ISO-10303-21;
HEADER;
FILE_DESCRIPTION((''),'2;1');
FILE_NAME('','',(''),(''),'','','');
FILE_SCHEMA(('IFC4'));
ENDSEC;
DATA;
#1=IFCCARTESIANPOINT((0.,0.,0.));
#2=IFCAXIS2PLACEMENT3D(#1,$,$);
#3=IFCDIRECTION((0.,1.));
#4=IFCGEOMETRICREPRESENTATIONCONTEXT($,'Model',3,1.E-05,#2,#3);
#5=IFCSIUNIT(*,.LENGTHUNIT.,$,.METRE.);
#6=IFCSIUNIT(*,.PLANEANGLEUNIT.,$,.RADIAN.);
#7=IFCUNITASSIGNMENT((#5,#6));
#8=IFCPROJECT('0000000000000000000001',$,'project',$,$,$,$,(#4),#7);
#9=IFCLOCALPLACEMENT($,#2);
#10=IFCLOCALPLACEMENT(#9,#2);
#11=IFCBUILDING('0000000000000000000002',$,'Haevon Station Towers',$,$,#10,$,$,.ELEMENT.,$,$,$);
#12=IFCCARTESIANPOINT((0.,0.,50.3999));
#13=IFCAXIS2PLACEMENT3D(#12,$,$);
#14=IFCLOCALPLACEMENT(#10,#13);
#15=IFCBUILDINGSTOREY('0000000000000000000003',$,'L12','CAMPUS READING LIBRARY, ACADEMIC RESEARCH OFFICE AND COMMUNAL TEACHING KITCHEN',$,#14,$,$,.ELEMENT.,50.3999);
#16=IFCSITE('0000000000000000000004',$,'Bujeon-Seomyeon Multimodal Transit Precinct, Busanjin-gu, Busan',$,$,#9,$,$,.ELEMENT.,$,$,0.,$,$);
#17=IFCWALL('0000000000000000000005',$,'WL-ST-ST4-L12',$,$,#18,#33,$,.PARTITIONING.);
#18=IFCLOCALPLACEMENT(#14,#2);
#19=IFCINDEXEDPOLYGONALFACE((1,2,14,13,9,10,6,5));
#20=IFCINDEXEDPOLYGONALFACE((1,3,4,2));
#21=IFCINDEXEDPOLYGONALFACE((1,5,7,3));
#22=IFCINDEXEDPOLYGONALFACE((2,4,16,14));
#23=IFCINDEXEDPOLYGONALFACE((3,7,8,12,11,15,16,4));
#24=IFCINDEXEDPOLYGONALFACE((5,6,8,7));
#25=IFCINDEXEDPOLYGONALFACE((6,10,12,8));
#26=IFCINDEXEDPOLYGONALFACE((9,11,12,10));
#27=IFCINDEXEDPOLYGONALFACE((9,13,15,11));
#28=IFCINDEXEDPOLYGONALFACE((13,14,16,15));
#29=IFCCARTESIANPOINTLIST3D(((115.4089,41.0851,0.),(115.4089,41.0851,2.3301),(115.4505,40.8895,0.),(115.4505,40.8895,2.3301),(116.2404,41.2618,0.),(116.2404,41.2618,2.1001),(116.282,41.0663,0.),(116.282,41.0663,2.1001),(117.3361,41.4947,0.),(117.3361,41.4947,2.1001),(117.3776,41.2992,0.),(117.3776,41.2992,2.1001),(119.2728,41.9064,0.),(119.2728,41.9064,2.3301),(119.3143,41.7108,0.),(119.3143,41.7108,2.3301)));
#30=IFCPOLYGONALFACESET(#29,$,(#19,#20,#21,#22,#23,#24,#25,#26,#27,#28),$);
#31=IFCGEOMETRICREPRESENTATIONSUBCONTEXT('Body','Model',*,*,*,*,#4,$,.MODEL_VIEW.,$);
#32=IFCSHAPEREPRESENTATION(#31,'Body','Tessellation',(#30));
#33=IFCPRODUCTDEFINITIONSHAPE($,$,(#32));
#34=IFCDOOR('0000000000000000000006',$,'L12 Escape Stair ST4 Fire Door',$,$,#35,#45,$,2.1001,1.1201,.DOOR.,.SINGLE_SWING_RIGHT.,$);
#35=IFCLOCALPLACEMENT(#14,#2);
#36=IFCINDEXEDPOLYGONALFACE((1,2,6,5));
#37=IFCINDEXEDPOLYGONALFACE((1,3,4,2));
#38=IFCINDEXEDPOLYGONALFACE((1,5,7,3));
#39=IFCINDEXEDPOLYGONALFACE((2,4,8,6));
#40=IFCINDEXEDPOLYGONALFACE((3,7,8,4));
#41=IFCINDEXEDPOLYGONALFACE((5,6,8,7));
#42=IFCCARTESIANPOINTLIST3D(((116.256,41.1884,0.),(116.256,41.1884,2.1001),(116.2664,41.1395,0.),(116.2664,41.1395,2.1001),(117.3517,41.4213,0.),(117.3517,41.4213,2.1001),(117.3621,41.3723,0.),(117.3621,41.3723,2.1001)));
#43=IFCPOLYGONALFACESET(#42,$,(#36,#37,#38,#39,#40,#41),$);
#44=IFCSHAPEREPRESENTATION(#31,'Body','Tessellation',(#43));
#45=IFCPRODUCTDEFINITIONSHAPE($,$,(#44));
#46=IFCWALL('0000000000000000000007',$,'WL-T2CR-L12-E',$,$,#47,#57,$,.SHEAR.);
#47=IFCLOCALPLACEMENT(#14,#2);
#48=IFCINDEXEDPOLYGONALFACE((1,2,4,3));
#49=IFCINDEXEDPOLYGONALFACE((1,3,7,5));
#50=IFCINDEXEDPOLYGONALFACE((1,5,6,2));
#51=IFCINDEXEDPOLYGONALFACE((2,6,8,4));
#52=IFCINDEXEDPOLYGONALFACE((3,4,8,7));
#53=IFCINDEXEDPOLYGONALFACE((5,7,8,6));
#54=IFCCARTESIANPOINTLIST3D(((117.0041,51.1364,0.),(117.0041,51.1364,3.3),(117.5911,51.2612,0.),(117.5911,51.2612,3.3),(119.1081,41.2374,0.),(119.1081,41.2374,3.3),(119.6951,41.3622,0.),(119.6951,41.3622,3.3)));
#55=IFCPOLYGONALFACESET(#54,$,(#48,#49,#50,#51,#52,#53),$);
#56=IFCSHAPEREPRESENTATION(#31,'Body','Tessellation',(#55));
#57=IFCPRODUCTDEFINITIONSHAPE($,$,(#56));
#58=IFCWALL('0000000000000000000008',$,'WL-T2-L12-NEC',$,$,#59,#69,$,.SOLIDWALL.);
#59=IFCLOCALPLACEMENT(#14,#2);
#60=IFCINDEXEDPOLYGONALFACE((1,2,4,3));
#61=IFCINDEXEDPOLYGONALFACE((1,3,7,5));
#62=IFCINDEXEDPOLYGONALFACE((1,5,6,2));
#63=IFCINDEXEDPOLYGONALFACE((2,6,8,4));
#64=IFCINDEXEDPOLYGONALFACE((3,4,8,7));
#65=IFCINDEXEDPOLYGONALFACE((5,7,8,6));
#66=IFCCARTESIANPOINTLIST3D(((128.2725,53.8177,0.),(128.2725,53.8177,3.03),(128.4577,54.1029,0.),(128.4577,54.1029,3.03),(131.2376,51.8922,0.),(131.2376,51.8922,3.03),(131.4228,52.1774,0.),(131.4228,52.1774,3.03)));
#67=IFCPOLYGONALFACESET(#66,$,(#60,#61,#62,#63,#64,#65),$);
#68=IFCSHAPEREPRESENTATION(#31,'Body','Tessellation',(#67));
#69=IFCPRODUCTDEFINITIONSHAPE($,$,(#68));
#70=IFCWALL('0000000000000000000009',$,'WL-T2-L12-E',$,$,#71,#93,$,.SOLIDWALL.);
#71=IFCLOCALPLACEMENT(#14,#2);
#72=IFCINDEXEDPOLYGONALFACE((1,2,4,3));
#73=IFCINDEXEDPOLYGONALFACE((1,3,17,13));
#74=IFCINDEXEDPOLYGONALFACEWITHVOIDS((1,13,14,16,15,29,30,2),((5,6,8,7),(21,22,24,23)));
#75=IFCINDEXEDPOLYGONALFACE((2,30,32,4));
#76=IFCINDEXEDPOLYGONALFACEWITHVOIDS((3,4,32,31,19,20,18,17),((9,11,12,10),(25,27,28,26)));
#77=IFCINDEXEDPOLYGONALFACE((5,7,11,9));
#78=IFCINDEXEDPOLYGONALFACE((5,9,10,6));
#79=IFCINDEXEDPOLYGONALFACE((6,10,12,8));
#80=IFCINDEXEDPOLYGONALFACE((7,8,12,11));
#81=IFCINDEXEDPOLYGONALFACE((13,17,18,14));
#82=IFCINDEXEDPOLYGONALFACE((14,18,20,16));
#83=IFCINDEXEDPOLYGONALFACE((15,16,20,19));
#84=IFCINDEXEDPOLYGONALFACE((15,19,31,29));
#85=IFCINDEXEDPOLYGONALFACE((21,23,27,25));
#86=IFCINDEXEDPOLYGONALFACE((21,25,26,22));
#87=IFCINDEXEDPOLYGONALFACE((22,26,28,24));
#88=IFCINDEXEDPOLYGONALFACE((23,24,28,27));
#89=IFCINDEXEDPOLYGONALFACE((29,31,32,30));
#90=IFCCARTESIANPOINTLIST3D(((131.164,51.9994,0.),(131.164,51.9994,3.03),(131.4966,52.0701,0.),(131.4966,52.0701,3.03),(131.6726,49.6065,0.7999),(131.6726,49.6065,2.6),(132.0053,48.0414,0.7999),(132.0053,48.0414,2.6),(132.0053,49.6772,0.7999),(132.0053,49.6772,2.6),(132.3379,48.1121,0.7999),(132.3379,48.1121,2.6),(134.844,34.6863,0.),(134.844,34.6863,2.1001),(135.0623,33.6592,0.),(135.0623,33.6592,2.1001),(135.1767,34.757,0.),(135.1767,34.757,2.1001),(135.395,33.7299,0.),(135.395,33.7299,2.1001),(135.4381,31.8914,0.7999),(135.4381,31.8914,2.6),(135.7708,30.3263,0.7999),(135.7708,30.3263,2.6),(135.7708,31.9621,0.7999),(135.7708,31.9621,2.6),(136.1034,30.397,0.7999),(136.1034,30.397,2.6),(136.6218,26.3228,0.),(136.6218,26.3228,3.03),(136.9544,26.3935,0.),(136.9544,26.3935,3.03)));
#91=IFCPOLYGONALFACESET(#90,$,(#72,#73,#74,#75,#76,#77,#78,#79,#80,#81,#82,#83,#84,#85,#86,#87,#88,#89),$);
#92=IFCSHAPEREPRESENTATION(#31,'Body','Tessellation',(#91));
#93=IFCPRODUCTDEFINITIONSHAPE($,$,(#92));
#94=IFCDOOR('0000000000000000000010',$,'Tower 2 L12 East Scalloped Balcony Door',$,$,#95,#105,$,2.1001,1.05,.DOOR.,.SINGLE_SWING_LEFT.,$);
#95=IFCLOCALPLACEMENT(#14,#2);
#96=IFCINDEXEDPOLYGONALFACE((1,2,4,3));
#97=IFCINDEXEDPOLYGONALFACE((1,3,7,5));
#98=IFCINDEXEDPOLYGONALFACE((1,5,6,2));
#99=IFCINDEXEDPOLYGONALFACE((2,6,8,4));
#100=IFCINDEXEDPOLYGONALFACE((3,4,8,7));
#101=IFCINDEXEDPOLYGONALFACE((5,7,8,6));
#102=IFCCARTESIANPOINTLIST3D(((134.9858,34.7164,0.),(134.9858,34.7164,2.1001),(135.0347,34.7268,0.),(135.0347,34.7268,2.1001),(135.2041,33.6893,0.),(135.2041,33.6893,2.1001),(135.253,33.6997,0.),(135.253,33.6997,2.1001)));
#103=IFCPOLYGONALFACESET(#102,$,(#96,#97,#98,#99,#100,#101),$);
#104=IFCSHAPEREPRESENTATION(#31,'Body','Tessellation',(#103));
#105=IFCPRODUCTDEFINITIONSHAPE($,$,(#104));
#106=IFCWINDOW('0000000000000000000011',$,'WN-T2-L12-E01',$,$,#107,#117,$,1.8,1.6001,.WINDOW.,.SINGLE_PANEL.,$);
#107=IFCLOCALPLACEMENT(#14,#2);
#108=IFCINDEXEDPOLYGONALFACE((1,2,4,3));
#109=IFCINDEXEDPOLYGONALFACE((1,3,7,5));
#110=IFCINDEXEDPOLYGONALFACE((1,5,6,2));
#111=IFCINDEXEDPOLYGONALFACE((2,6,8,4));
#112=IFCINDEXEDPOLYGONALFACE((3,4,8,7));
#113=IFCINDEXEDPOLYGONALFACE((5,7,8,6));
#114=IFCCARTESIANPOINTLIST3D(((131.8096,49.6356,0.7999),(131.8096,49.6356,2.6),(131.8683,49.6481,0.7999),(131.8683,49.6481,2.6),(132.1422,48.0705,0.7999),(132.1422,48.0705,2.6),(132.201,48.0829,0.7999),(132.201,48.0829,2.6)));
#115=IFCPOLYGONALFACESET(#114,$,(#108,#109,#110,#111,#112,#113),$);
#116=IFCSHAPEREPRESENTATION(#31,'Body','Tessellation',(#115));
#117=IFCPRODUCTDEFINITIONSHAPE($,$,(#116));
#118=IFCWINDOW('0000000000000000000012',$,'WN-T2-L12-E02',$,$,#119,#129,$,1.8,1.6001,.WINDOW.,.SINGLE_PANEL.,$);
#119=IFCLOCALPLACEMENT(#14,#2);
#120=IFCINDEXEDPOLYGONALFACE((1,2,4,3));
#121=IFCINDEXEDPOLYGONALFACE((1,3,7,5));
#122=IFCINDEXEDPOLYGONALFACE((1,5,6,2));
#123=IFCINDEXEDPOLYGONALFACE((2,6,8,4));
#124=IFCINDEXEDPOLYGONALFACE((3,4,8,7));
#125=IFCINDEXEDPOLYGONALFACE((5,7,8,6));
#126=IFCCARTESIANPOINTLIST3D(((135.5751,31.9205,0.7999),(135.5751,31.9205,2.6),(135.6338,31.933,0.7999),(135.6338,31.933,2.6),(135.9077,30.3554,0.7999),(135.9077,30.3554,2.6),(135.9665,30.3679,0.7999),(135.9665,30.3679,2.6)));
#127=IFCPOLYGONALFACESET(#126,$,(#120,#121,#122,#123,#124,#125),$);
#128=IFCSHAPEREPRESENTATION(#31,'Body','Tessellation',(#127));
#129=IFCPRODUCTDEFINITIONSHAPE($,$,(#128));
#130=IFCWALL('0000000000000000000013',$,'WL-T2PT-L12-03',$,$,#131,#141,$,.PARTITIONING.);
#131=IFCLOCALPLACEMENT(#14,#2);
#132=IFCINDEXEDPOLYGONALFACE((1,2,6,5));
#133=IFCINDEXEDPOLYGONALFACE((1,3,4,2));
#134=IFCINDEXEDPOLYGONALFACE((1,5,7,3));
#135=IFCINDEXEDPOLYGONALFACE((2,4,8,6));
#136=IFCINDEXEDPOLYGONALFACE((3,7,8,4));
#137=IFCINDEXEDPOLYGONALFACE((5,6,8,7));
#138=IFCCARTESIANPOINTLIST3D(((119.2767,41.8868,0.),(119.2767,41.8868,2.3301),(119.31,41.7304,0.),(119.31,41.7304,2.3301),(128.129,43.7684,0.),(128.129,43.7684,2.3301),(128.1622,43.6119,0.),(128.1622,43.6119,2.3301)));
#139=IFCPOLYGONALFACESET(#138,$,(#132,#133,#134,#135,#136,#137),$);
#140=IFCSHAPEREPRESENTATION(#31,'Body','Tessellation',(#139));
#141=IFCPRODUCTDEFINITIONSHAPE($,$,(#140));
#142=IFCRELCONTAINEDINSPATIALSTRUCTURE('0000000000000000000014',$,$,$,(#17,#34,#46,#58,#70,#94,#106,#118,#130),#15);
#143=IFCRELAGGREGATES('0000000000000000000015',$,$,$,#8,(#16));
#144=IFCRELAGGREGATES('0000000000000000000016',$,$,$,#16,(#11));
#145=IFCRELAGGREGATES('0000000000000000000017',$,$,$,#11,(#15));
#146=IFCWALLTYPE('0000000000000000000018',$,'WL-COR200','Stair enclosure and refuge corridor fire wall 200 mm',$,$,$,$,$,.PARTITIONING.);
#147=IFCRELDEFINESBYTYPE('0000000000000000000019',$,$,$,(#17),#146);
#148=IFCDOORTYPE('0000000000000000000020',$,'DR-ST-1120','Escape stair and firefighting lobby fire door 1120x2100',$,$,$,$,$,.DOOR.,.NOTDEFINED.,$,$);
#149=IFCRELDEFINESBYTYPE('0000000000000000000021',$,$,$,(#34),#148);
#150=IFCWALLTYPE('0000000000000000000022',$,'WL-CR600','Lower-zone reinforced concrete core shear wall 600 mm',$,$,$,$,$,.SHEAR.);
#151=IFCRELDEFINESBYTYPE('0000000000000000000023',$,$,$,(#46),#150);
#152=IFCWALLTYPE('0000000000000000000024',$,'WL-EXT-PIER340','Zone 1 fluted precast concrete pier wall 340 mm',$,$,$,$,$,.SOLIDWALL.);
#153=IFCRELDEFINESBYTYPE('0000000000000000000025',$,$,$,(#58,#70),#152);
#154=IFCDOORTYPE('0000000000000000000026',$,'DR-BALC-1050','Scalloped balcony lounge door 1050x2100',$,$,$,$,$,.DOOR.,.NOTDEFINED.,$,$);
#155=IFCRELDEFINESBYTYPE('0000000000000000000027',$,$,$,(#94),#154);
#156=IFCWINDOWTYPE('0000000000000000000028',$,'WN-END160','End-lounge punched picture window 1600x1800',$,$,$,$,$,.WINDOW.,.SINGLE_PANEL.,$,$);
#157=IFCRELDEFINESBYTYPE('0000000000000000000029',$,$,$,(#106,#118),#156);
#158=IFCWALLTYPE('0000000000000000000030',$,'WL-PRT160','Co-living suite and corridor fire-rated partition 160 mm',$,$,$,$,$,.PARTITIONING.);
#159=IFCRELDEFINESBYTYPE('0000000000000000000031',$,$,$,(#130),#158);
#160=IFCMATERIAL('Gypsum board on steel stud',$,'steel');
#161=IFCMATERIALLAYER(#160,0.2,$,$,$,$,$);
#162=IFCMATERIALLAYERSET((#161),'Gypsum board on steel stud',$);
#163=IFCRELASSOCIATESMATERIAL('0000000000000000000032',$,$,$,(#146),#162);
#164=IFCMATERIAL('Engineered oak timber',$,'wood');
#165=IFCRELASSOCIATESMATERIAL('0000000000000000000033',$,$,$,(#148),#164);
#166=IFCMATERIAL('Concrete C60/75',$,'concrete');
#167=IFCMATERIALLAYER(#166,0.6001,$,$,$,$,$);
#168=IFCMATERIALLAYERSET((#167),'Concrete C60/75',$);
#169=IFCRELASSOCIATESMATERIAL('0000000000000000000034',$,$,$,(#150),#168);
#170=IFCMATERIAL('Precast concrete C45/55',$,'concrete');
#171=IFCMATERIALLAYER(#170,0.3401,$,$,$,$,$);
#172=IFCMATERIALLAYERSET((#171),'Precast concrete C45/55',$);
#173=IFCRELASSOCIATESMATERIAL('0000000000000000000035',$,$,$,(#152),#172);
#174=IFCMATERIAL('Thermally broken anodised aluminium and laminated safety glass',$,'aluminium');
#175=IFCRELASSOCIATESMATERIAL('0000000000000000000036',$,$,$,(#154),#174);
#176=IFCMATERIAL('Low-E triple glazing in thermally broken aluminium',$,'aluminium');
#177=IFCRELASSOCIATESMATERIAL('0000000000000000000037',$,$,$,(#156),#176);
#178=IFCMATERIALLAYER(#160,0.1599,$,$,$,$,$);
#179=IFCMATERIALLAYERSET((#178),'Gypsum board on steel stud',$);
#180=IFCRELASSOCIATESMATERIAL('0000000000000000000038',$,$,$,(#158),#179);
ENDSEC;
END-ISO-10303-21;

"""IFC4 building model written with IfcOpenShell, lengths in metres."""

from ifc_helpers import new_model, si_unit, direction, frame, frame_2d, origin, place, context, subcontext, project, spatial, rectangle, extrude, material, layer, layer_set, type_object, element, fill, save


model = new_model("IFC4")

# Units and contexts
model_context = context("Model", 3, precision=1e-05, world=origin(), true_north=direction((0.0, 1.0)))
body_context = subcontext(model_context, "Body", "Model", "MODEL_VIEW")
ifc_project = project(units=[si_unit("LENGTHUNIT", "METRE"), si_unit("PLANEANGLEUNIT", "RADIAN")], contexts=[model_context])

# Site, building, storey
site_placement = place(None, origin())
site = spatial("IfcSite", under=ifc_project, at=site_placement, Name="Bujeon-Seomyeon Multimodal Transit Precinct, Busanjin-gu, Busan", CompositionType="ELEMENT", RefElevation=0.0)
building_placement = place(site_placement, origin())
building = spatial("IfcBuilding", under=site, at=building_placement, Name="Haevon Station Towers", CompositionType="ELEMENT")
storey_placement = place(building_placement, frame((0.0, 0.0, 50.3999)))
storey = spatial("IfcBuildingStorey", under=building, at=storey_placement, Name="L12", Description="CAMPUS READING LIBRARY, ACADEMIC RESEARCH OFFICE AND COMMUNAL TEACHING KITCHEN", CompositionType="ELEMENT", Elevation=50.3999)

# Wall, opening, door
ifc_material_1 = material(Name="Gypsum board on steel stud", Category="steel")
ifc_layer_1 = layer(ifc_material_1, 0.2)
ifc_layer_set_1 = layer_set([ifc_layer_1], Name="Gypsum board on steel stud")
wall_type_1 = type_object("IfcWallType", Name="WL-COR200", Description="Stair enclosure and refuge corridor fire wall 200 mm", PredefinedType="PARTITIONING", material=ifc_layer_set_1)
wall_1_placement = place(storey_placement, frame((115.4297, 40.9873, 0.0), z_axis=(0.0, 0.0, 1.0), x_axis=(0.978147, 0.207916, 0.0)))
wall_1 = element("IfcWall", 1, at=wall_1_placement, inside=storey, type_object=wall_type_1, Name="WL-ST-ST4-L12", PredefinedType="PARTITIONING", context=body_context, shape_type="SweptSolid", body=[
    extrude(rectangle(XDim=3.9502, YDim=0.2, at=frame_2d((1.9751, 0.0))), origin(), (0.0, 0.0, 1.0), 2.3301),
])
opening_1_placement = place(wall_1_placement, frame((0.8501, 0.0, 0.0)))
opening_1 = element("IfcOpeningElement", 2, at=opening_1_placement, cuts=wall_1, PredefinedType="OPENING", context=body_context, shape_type="SweptSolid", body=[
    extrude(rectangle(XDim=1.1201, YDim=2.1001, at=frame_2d((0.5601, 1.05))), frame((0.0, 0.1099, 0.0), z_axis=(0.0, -1.0, 0.0), x_axis=(1.0, 0.0, 0.0)), (0.0, 0.0, 1.0), 0.22),
])
ifc_material_2 = material(Name="Engineered oak timber", Category="wood")
door_type_1 = type_object("IfcDoorType", Name="DR-ST-1120", Description="Escape stair and firefighting lobby fire door 1120x2100", OperationType="NOTDEFINED", PredefinedType="DOOR", material=ifc_material_2)
door_1_placement = place(opening_1_placement, origin())
door_1 = element("IfcDoor", 3, at=door_1_placement, inside=storey, type_object=door_type_1, Name="L12 Escape Stair ST4 Fire Door", OperationType="SINGLE_SWING_RIGHT", OverallHeight=2.1001, OverallWidth=1.1201, PredefinedType="DOOR", context=body_context, shape_type="SweptSolid", body=[
    extrude(rectangle(XDim=1.1201, YDim=2.1001, at=frame_2d((0.5601, 1.05))), frame((0.0, 0.0249, 0.0), z_axis=(0.0, -1.0, 0.0), x_axis=(1.0, 0.0, 0.0)), (0.0, 0.0, 1.0), 0.05),
])
fill(opening_1, door_1)

# Walls
ifc_material_3 = material(Name="Concrete C60/75", Category="concrete")
ifc_layer_2 = layer(ifc_material_3, 0.6001)
ifc_layer_set_2 = layer_set([ifc_layer_2], Name="Concrete C60/75")
wall_type_2 = type_object("IfcWallType", Name="WL-CR600", Description="Lower-zone reinforced concrete core shear wall 600 mm", PredefinedType="SHEAR", material=ifc_layer_set_2)
wall_2_placement = place(storey_placement, frame((119.4016, 41.2998, 0.0), z_axis=(0.0, 0.0, 1.0), x_axis=(-0.207904, 0.978149, 0.0)))
element("IfcWall", 4, at=wall_2_placement, inside=storey, type_object=wall_type_2, Name="WL-T2CR-L12-E", PredefinedType="SHEAR", context=body_context, shape_type="SweptSolid", body=[
    extrude(rectangle(XDim=10.1201, YDim=0.6001, at=frame_2d((5.0601, 0.0))), origin(), (0.0, 0.0, 1.0), 3.3),
])
ifc_material_4 = material(Name="Precast concrete C45/55", Category="concrete")
ifc_layer_3 = layer(ifc_material_4, 0.3401)
ifc_layer_set_3 = layer_set([ifc_layer_3], Name="Precast concrete C45/55")
wall_type_3 = type_object("IfcWallType", Name="WL-EXT-PIER340", Description="Zone 1 fluted precast concrete pier wall 340 mm", PredefinedType="SOLIDWALL", material=ifc_layer_set_3)
wall_3_placement = place(storey_placement, frame((128.3652, 53.9602, 0.0), z_axis=(0.0, 0.0, 1.0), x_axis=(0.838672, -0.544636, 0.0)))
element("IfcWall", 5, at=wall_3_placement, inside=storey, type_object=wall_type_3, Name="WL-T2-L12-NEC", PredefinedType="SOLIDWALL", context=body_context, shape_type="SweptSolid", body=[
    extrude(rectangle(XDim=3.5354, YDim=0.3401, at=frame_2d((1.7676, 0.0))), origin(), (0.0, 0.0, 1.0), 3.03),
])

# Wall, openings, door, windows
wall_4_placement = place(storey_placement, frame((131.3303, 52.0347, 0.0), z_axis=(0.0, 0.0, 1.0), x_axis=(0.207914, -0.978147, 0.0)))
wall_4 = element("IfcWall", 6, at=wall_4_placement, inside=storey, type_object=wall_type_3, Name="WL-T2-L12-E", PredefinedType="SOLIDWALL", context=body_context, shape_type="SweptSolid", body=[
    extrude(rectangle(XDim=26.2502, YDim=0.3401, at=frame_2d((13.125, 0.0))), origin(), (0.0, 0.0, 1.0), 3.03),
])
opening_2_placement = place(wall_4_placement, frame((17.7, 0.0, 0.0)))
opening_2 = element("IfcOpeningElement", 7, at=opening_2_placement, cuts=wall_4, PredefinedType="OPENING", context=body_context, shape_type="SweptSolid", body=[
    extrude(rectangle(XDim=1.05, YDim=2.1001, at=frame_2d((0.5249, 1.05))), frame((0.0, 0.1799, 0.0), z_axis=(0.0, -1.0, 0.0), x_axis=(1.0, 0.0, 0.0)), (0.0, 0.0, 1.0), 0.3601),
])
opening_3_placement = place(wall_4_placement, frame((2.4463, 0.0, 0.8)))
opening_3 = element("IfcOpeningElement", 8, at=opening_3_placement, cuts=wall_4, PredefinedType="OPENING", context=body_context, shape_type="SweptSolid", body=[
    extrude(rectangle(XDim=1.6001, YDim=1.8, at=frame_2d((0.8, 0.8999))), frame((0.0, 0.1799, 0.0), z_axis=(0.0, -1.0, 0.0), x_axis=(1.0, 0.0, 0.0)), (0.0, 0.0, 1.0), 0.3601),
])
opening_4_placement = place(wall_4_placement, frame((20.5571, 0.0, 0.8)))
opening_4 = element("IfcOpeningElement", 9, at=opening_4_placement, cuts=wall_4, PredefinedType="OPENING", context=body_context, shape_type="SweptSolid", body=[
    extrude(rectangle(XDim=1.6001, YDim=1.8, at=frame_2d((0.8, 0.8999))), frame((0.0, 0.1799, 0.0), z_axis=(0.0, -1.0, 0.0), x_axis=(1.0, 0.0, 0.0)), (0.0, 0.0, 1.0), 0.3601),
])
ifc_material_5 = material(Name="Thermally broken anodised aluminium and laminated safety glass", Category="aluminium")
door_type_2 = type_object("IfcDoorType", Name="DR-BALC-1050", Description="Scalloped balcony lounge door 1050x2100", OperationType="NOTDEFINED", PredefinedType="DOOR", material=ifc_material_5)
door_2_placement = place(opening_2_placement, origin())
door_2 = element("IfcDoor", 10, at=door_2_placement, inside=storey, type_object=door_type_2, Name="Tower 2 L12 East Scalloped Balcony Door", OperationType="SINGLE_SWING_LEFT", OverallHeight=2.1001, OverallWidth=1.05, PredefinedType="DOOR", context=body_context, shape_type="SweptSolid", body=[
    extrude(rectangle(XDim=1.05, YDim=2.1001, at=frame_2d((0.5249, 1.05))), frame((0.0, 0.0249, 0.0), z_axis=(0.0, -1.0, 0.0), x_axis=(1.0, 0.0, 0.0)), (0.0, 0.0, 1.0), 0.05),
])
fill(opening_2, door_2)
ifc_material_6 = material(Name="Low-E triple glazing in thermally broken aluminium", Category="aluminium")
window_type = type_object("IfcWindowType", Name="WN-END160", Description="End-lounge punched picture window 1600x1800", PartitioningType="SINGLE_PANEL", PredefinedType="WINDOW", material=ifc_material_6)
window_1_placement = place(opening_3_placement, origin())
window_1 = element("IfcWindow", 11, at=window_1_placement, inside=storey, type_object=window_type, Name="WN-T2-L12-E01", OverallHeight=1.8, OverallWidth=1.6001, PartitioningType="SINGLE_PANEL", PredefinedType="WINDOW", context=body_context, shape_type="SweptSolid", body=[
    extrude(rectangle(XDim=1.6001, YDim=1.8, at=frame_2d((0.8, 0.8999))), frame((0.0, 0.03, 0.0), z_axis=(0.0, -1.0, 0.0), x_axis=(1.0, 0.0, 0.0)), (0.0, 0.0, 1.0), 0.0601),
])
fill(opening_3, window_1)
window_2_placement = place(opening_4_placement, origin())
window_2 = element("IfcWindow", 12, at=window_2_placement, inside=storey, type_object=window_type, Name="WN-T2-L12-E02", OverallHeight=1.8, OverallWidth=1.6001, PartitioningType="SINGLE_PANEL", PredefinedType="WINDOW", context=body_context, shape_type="SweptSolid", body=[
    extrude(rectangle(XDim=1.6001, YDim=1.8, at=frame_2d((0.8, 0.8999))), frame((0.0, 0.03, 0.0), z_axis=(0.0, -1.0, 0.0), x_axis=(1.0, 0.0, 0.0)), (0.0, 0.0, 1.0), 0.0601),
])
fill(opening_4, window_2)

# Wall
ifc_layer_4 = layer(ifc_material_1, 0.1599)
ifc_layer_set_4 = layer_set([ifc_layer_4], Name="Gypsum board on steel stud")
wall_type_4 = type_object("IfcWallType", Name="WL-PRT160", Description="Co-living suite and corridor fire-rated partition 160 mm", PredefinedType="PARTITIONING", material=ifc_layer_set_4)
wall_5_placement = place(storey_placement, frame((119.2935, 41.8086, 0.0), z_axis=(0.0, 0.0, 1.0), x_axis=(0.978148, 0.207909, 0.0)))
element("IfcWall", 13, at=wall_5_placement, inside=storey, type_object=wall_type_4, Name="WL-T2PT-L12-03", PredefinedType="PARTITIONING", context=body_context, shape_type="SweptSolid", body=[
    extrude(rectangle(XDim=9.05, YDim=0.1599, at=frame_2d((4.5249, 0.0))), origin(), (0.0, 0.0, 1.0), 2.3301),
])

save(model, "model.ifc")
